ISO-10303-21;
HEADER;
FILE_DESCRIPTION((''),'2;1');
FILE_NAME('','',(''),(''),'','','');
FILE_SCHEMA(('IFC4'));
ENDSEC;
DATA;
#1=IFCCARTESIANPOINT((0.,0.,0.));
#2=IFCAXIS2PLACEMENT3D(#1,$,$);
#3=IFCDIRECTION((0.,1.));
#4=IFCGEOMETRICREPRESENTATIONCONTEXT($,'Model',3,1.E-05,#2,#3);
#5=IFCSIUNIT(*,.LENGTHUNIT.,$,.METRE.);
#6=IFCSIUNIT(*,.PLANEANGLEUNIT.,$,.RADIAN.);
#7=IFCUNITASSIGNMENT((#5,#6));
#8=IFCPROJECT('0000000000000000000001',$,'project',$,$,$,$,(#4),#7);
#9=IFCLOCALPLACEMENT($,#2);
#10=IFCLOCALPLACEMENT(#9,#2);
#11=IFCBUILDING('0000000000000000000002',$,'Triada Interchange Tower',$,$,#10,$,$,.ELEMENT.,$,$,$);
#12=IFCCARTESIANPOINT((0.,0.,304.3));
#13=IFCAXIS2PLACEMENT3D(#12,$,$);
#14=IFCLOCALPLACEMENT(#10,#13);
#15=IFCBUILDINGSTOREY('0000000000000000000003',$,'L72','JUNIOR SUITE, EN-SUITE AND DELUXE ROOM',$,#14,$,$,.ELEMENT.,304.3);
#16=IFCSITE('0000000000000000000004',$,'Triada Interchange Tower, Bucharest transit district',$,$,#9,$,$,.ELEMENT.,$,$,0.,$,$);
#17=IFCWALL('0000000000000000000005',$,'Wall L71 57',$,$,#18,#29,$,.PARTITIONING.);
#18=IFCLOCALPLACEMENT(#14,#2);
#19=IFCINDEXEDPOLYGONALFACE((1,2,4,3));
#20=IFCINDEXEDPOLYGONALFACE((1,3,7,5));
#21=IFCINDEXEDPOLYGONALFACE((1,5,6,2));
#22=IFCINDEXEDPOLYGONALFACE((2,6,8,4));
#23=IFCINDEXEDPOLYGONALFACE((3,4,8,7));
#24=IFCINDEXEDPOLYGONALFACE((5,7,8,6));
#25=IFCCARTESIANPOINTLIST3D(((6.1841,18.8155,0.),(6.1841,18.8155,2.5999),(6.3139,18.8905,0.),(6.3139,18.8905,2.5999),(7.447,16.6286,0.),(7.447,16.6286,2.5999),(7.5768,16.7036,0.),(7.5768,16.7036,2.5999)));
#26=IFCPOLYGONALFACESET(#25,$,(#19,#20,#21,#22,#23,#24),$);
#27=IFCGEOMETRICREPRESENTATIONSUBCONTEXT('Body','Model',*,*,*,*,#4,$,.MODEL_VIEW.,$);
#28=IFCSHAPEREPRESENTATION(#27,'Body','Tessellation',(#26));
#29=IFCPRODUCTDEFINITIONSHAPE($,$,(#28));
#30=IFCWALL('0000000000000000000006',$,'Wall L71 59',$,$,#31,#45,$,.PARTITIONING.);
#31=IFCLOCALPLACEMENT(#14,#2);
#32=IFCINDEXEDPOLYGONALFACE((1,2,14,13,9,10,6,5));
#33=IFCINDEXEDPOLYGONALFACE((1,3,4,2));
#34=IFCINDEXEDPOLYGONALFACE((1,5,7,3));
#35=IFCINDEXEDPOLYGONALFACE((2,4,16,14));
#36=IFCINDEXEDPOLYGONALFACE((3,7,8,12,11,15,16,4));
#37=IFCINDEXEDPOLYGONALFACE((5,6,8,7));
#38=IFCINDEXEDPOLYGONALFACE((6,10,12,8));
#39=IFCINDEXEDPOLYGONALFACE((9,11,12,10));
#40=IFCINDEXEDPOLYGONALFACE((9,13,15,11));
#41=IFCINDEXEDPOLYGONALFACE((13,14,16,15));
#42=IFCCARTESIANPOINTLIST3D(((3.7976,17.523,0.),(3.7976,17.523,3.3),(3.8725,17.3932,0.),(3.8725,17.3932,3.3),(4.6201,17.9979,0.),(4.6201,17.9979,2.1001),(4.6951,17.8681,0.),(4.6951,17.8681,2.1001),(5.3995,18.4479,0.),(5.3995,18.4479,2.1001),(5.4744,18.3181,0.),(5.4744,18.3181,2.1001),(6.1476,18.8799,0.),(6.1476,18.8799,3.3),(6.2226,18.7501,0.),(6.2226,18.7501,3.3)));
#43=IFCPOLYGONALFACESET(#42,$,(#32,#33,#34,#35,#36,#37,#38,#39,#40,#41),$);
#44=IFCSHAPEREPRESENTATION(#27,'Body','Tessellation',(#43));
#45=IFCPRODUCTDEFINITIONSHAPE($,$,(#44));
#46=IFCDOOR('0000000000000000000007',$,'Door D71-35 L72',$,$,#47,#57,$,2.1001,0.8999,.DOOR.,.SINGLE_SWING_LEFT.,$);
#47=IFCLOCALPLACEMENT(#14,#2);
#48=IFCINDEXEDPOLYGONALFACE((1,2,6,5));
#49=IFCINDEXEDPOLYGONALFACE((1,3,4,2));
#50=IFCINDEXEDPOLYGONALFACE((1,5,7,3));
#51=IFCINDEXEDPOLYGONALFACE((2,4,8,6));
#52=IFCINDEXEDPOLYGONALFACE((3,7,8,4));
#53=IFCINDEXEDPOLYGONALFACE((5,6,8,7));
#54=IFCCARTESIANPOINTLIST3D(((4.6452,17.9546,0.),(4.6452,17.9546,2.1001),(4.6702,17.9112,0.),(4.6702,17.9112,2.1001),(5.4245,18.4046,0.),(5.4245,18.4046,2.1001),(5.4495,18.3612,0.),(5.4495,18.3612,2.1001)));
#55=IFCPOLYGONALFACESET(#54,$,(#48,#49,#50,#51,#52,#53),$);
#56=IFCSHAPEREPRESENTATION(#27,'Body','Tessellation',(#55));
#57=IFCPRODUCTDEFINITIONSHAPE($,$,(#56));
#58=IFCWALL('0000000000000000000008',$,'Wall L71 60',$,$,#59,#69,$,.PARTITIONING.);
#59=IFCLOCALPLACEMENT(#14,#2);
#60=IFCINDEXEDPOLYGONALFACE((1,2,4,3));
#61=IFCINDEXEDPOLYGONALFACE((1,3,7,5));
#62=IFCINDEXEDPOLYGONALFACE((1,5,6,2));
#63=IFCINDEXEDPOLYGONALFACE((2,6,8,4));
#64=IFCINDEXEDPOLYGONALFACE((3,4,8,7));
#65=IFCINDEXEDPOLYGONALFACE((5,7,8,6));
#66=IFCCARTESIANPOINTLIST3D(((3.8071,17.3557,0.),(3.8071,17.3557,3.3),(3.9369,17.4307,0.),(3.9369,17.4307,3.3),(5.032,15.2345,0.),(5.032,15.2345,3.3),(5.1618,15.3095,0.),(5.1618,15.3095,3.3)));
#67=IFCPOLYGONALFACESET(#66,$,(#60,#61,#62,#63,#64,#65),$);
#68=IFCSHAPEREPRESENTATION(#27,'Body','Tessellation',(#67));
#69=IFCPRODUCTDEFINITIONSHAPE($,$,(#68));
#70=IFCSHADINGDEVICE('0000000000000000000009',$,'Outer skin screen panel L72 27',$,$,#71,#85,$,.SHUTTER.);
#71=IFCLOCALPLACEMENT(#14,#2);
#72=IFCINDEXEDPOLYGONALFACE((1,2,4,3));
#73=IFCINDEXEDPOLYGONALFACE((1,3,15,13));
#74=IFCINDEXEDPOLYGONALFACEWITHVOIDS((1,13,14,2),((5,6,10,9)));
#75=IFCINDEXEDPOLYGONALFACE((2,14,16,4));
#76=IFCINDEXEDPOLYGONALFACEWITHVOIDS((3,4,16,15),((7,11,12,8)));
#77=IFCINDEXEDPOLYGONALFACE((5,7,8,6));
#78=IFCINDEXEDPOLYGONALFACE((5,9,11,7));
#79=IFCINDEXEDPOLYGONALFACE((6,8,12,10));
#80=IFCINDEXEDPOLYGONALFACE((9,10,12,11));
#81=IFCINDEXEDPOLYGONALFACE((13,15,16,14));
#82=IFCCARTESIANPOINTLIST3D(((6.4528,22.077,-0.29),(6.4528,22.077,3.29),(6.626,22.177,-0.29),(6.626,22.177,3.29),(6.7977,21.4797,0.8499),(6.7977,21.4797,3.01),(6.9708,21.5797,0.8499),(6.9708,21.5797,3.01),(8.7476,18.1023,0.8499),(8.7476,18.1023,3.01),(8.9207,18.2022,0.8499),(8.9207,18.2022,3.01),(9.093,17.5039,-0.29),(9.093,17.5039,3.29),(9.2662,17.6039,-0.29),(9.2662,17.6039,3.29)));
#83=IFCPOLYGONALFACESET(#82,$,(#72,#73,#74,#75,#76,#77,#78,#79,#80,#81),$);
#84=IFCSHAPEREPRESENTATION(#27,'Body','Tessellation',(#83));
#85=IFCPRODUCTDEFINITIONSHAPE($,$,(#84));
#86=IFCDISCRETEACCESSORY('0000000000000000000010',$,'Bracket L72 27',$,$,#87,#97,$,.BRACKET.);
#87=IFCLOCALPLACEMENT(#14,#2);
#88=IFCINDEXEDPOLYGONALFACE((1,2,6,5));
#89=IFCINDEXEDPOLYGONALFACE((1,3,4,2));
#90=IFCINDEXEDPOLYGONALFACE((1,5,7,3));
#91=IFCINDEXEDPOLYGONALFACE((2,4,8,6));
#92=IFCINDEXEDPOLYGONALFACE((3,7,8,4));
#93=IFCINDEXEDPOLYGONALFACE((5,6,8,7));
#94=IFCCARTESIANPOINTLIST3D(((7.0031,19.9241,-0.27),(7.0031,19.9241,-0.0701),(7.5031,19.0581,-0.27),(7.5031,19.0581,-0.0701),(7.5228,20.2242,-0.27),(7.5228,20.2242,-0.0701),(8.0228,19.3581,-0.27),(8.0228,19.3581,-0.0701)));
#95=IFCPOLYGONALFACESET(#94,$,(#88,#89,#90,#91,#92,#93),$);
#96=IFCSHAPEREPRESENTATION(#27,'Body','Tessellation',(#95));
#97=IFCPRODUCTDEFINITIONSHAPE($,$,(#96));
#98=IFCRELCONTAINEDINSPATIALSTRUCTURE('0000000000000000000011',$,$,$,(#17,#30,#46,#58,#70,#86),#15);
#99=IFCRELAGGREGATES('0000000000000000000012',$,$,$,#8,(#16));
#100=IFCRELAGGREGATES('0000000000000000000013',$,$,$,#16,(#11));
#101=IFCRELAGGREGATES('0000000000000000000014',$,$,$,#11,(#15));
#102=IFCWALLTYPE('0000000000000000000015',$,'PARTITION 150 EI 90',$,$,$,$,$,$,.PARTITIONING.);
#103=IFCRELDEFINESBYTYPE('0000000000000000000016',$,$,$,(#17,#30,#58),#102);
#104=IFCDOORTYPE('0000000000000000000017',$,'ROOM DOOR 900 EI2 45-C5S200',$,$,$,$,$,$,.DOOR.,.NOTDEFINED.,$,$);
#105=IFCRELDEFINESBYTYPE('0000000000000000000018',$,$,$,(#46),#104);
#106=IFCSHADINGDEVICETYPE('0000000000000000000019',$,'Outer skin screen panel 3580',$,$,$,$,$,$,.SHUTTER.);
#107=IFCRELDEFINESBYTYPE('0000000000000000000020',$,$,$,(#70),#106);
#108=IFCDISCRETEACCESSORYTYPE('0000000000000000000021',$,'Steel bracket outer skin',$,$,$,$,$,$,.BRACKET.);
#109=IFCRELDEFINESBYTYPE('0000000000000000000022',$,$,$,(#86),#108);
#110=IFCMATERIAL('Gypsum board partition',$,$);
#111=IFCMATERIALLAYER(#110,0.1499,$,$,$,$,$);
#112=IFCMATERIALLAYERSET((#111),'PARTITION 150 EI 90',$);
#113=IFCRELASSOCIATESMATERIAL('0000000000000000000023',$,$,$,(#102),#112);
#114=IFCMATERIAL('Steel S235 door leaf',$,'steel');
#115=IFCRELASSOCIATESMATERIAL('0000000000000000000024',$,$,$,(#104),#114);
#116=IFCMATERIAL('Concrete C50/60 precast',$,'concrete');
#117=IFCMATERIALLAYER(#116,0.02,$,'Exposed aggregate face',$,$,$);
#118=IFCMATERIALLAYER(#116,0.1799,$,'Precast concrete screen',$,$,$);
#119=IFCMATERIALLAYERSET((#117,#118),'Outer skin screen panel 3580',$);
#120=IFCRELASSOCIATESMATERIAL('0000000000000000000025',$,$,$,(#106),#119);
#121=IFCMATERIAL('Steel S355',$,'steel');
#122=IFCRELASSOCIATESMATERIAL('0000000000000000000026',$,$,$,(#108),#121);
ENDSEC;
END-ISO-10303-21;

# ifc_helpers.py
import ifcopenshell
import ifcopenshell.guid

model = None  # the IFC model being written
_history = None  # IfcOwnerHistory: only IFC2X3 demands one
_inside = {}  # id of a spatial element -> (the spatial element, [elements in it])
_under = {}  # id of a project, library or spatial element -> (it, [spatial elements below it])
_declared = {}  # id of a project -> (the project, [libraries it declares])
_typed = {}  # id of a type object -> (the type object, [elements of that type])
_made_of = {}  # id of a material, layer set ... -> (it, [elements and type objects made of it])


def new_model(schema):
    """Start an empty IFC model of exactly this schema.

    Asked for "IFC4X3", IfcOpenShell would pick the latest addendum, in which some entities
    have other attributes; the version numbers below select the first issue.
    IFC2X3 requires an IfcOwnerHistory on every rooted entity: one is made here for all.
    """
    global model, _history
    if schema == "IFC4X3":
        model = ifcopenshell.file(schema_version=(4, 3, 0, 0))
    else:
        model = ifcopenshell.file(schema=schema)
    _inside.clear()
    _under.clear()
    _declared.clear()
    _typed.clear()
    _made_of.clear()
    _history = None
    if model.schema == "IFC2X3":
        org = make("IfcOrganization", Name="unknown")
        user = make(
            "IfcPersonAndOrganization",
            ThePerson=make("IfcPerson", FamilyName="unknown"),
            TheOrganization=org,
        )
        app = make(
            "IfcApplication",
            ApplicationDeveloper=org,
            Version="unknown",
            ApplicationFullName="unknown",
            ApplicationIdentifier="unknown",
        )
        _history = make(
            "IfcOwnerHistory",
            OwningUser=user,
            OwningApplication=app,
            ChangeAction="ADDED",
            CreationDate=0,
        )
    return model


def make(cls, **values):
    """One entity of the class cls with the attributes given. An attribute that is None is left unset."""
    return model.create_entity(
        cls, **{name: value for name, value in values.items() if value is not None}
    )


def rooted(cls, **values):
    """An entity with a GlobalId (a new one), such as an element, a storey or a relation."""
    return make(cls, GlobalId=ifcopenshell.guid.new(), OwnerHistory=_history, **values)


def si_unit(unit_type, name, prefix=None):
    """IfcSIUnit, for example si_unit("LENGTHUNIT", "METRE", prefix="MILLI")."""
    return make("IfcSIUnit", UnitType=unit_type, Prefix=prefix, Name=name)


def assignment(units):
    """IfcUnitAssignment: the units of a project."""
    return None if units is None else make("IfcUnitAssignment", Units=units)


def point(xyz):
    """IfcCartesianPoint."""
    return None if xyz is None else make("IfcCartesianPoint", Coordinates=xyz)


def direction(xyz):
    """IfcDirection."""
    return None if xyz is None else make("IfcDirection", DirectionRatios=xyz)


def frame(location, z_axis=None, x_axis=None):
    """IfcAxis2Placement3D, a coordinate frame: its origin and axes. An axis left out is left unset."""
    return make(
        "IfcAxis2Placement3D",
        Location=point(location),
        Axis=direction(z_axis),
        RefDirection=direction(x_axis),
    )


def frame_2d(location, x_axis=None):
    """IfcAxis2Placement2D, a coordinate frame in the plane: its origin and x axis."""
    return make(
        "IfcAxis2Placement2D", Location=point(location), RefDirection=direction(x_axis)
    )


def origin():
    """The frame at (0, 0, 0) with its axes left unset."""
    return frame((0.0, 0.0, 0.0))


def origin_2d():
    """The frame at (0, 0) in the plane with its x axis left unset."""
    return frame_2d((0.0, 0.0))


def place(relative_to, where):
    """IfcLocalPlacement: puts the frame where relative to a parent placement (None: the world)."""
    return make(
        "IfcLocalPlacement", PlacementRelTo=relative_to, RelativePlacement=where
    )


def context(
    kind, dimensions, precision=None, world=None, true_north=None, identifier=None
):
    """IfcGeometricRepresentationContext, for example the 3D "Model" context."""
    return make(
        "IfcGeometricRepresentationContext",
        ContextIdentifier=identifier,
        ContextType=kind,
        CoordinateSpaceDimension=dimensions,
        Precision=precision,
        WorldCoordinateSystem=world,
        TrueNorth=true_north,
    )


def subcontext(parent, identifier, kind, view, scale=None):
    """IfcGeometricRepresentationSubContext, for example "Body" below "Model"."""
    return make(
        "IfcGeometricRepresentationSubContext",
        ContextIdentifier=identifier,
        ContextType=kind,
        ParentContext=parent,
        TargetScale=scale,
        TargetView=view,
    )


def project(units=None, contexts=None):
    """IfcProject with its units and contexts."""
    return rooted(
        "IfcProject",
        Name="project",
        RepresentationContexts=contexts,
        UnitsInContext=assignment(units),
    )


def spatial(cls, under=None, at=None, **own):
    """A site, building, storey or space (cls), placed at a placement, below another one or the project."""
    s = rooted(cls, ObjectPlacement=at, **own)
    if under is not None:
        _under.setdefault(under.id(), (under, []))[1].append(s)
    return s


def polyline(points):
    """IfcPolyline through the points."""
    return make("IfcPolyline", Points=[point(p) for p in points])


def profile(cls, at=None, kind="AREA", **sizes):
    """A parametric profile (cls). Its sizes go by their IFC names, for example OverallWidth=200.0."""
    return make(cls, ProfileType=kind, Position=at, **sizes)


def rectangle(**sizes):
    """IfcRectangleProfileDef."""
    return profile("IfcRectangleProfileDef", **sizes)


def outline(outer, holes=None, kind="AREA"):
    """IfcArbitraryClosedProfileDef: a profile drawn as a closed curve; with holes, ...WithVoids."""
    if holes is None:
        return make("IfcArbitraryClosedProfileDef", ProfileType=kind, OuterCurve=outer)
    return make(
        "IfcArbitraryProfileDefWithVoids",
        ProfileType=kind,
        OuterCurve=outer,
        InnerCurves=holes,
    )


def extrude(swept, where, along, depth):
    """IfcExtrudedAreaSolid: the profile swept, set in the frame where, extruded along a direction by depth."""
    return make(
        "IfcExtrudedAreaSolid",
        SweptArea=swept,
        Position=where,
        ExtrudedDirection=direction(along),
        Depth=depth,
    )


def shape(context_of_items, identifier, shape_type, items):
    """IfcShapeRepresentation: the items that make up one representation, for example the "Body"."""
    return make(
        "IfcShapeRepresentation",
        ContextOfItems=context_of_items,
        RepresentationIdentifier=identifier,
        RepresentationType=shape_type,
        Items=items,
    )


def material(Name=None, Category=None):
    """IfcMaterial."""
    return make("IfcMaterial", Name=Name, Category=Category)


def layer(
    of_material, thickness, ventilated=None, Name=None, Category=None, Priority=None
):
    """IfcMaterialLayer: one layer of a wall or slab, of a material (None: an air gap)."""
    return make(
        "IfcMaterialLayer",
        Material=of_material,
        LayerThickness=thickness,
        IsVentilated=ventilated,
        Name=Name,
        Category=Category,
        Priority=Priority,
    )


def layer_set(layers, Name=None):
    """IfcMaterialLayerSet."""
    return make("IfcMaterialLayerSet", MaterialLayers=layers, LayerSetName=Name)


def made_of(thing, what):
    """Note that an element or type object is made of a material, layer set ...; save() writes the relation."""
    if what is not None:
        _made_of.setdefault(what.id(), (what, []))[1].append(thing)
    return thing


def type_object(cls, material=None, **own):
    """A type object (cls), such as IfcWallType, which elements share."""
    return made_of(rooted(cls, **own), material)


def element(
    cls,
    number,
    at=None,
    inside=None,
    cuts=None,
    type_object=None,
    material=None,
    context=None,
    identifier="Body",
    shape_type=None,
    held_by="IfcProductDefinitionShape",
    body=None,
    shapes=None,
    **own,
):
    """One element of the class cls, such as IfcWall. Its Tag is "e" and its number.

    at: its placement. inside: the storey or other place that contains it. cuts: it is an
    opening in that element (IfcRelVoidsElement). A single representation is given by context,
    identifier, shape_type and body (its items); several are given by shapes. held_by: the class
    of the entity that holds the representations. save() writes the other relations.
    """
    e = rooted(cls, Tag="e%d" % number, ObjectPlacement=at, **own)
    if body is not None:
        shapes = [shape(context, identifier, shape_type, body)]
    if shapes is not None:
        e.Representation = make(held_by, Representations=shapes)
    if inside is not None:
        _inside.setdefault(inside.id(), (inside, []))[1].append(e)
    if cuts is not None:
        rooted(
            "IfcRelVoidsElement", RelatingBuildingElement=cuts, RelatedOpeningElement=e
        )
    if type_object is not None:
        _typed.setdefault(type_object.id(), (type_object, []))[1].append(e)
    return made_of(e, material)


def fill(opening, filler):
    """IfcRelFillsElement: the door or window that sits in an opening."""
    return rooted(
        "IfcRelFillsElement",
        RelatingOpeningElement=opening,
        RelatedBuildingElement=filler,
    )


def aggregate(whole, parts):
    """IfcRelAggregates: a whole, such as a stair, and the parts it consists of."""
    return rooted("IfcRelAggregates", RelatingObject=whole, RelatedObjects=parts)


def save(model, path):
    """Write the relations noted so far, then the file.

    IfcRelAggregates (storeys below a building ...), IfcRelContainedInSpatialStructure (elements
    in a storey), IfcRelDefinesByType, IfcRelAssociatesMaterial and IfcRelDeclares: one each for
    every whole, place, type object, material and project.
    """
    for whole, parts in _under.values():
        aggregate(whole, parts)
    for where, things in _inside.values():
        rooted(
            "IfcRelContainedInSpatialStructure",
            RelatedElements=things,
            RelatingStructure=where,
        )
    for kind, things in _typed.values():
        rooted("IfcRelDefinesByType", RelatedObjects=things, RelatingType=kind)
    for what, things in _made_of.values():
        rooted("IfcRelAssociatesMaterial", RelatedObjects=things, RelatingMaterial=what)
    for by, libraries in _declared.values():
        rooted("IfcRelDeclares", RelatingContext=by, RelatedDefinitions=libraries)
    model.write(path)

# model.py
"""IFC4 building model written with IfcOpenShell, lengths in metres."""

from ifc_helpers import new_model, si_unit, direction, frame, frame_2d, origin, origin_2d, place, context, subcontext, project, spatial, polyline, rectangle, outline, extrude, material, layer, layer_set, type_object, element, fill, save


model = new_model("IFC4")

# Units and contexts
model_context = context("Model", 3, precision=1e-05, world=origin(), true_north=direction((0.0, 1.0)))
body_context = subcontext(model_context, "Body", "Model", "MODEL_VIEW")
ifc_project = project(units=[si_unit("LENGTHUNIT", "METRE"), si_unit("PLANEANGLEUNIT", "RADIAN")], contexts=[model_context])

# Site, building, storey
site_placement = place(None, origin())
site = spatial("IfcSite", under=ifc_project, at=site_placement, Name="Triada Interchange Tower, Bucharest transit district", CompositionType="ELEMENT", RefElevation=0.0)
building_placement = place(site_placement, origin())
building = spatial("IfcBuilding", under=site, at=building_placement, Name="Triada Interchange Tower", CompositionType="ELEMENT")
storey_placement = place(building_placement, frame((0.0, 0.0, 304.3)))
storey = spatial("IfcBuildingStorey", under=building, at=storey_placement, Name="L72", Description="JUNIOR SUITE, EN-SUITE AND DELUXE ROOM", CompositionType="ELEMENT", Elevation=304.3)

# Shared definitions
ifc_material_1 = material(Name="Gypsum board partition")

# Shared definitions
ifc_material_2 = material(Name="Steel S235 door leaf", Category="steel")

# Wall
ifc_layer_1 = layer(ifc_material_1, 0.1499)
ifc_layer_set_1 = layer_set([ifc_layer_1], Name="PARTITION 150 EI 90")
wall_type_1 = type_object("IfcWallType", Name="PARTITION 150 EI 90", PredefinedType="PARTITIONING", material=ifc_layer_set_1)
wall_1_placement = place(storey_placement, frame((6.249, 18.853, 0.0), z_axis=(0.0, 0.0, 1.0), x_axis=(0.500079, -0.86598, 0.0)))
element("IfcWall", 1, at=wall_1_placement, inside=storey, type_object=wall_type_1, Name="Wall L71 57", PredefinedType="PARTITIONING", context=body_context, shape_type="SweptSolid", body=[
    extrude(rectangle(XDim=2.5254, YDim=0.1499, at=frame_2d((1.2627, 0.0))), origin(), (0.0, 0.0, 1.0), 2.5999),
])

# Wall, opening, door
wall_2_placement = place(storey_placement, frame((3.835, 17.458, 0.0), z_axis=(0.0, 0.0, 1.0), x_axis=(0.866009, 0.500029, 0.0)))
wall_2 = element("IfcWall", 2, at=wall_2_placement, inside=storey, type_object=wall_type_1, Name="Wall L71 59", PredefinedType="PARTITIONING", context=body_context, shape_type="SweptSolid", body=[
    extrude(rectangle(XDim=2.7136, YDim=0.1499, at=frame_2d((1.3569, 0.0))), origin(), (0.0, 0.0, 1.0), 3.3),
])
opening_1_placement = place(wall_2_placement, frame((0.95, 0.0, 0.0)))
opening_1 = element("IfcOpeningElement", 3, at=opening_1_placement, cuts=wall_2, PredefinedType="OPENING", context=body_context, shape_type="SweptSolid", body=[
    extrude(rectangle(XDim=0.8999, YDim=2.1001, at=frame_2d((0.45, 1.05))), frame((0.0, 0.085, 0.0), z_axis=(0.0, -1.0, 0.0), x_axis=(1.0, 0.0, 0.0)), (0.0, 0.0, 1.0), 0.1699),
])
door_type_1 = type_object("IfcDoorType", Name="ROOM DOOR 900 EI2 45-C5S200", OperationType="NOTDEFINED", PredefinedType="DOOR", material=ifc_material_2)
door_1_placement = place(opening_1_placement, origin())
door_1 = element("IfcDoor", 4, at=door_1_placement, inside=storey, type_object=door_type_1, Name="Door D71-35 L72", OperationType="SINGLE_SWING_LEFT", OverallHeight=2.1001, OverallWidth=0.8999, PredefinedType="DOOR", context=body_context, shape_type="SweptSolid", body=[
    extrude(rectangle(XDim=0.8999, YDim=2.1001, at=frame_2d((0.45, 1.05))), frame((0.0, 0.0249, 0.0), z_axis=(0.0, -1.0, 0.0), x_axis=(1.0, 0.0, 0.0)), (0.0, 0.0, 1.0), 0.05),
])
fill(opening_1, door_1)

# Wall
wall_3_placement = place(storey_placement, frame((3.8721, 17.3931, 0.0), z_axis=(0.0, 0.0, 1.0), x_axis=(0.500073, -0.865983, 0.0)))
element("IfcWall", 5, at=wall_3_placement, inside=storey, type_object=wall_type_1, Name="Wall L71 60", PredefinedType="PARTITIONING", context=body_context, shape_type="SweptSolid", body=[
    extrude(rectangle(XDim=2.4495, YDim=0.1499, at=frame_2d((1.2246, 0.0))), origin(), (0.0, 0.0, 1.0), 3.3),
])

# Shading device
ifc_material_3 = material(Name="Concrete C50/60 precast", Category="concrete")
ifc_layer_2 = layer(ifc_material_3, 0.02, Name="Exposed aggregate face")
ifc_layer_3 = layer(ifc_material_3, 0.1799, Name="Precast concrete screen")
ifc_layer_set_2 = layer_set([ifc_layer_2, ifc_layer_3], Name="Outer skin screen panel 3580")
shading_device_type = type_object("IfcShadingDeviceType", Name="Outer skin screen panel 3580", PredefinedType="SHUTTER", material=ifc_layer_set_2)
shading_device_placement = place(storey_placement, frame((9.093, 17.5039, -0.29), z_axis=(0.0, 0.0, 1.0), x_axis=(-0.499988, 0.866032, 0.0)))
element("IfcShadingDevice", 6, at=shading_device_placement, inside=storey, type_object=shading_device_type, Name="Outer skin screen panel L72 27", PredefinedType="SHUTTER", context=body_context, shape_type="SweptSolid", body=[
    extrude(outline(polyline([(0.0, 0.0), (5.2805, 0.0), (5.2805, 3.5801), (0.0, 3.5801), (0.0, 0.0)]), holes=[polyline([(0.6909, 1.1399), (0.6909, 3.3), (4.5908, 3.3), (4.5908, 1.1399), (0.6909, 1.1399)])]), frame((0.0, 0.0, 0.0), z_axis=(0.0, -1.0, 0.0), x_axis=(1.0, 0.0, 0.0)), (0.0, 0.0, 1.0), 0.2),
])

# Discrete accessory
ifc_material_4 = material(Name="Steel S355", Category="steel")
discrete_accessory_type = type_object("IfcDiscreteAccessoryType", Name="Steel bracket outer skin", PredefinedType="BRACKET", material=ifc_material_4)
discrete_accessory_placement = place(storey_placement, frame((7.5129, 19.6411, -0.27), z_axis=(0.0, 0.0, 1.0), x_axis=(0.866027, 0.499997, 0.0)))
element("IfcDiscreteAccessory", 7, at=discrete_accessory_placement, inside=storey, type_object=discrete_accessory_type, Name="Bracket L72 27", PredefinedType="BRACKET", context=body_context, shape_type="SweptSolid", body=[
    extrude(rectangle(XDim=0.6001, YDim=1.0, at=origin_2d()), origin(), (0.0, 0.0, 1.0), 0.2),
])

save(model, "model.ifc")
